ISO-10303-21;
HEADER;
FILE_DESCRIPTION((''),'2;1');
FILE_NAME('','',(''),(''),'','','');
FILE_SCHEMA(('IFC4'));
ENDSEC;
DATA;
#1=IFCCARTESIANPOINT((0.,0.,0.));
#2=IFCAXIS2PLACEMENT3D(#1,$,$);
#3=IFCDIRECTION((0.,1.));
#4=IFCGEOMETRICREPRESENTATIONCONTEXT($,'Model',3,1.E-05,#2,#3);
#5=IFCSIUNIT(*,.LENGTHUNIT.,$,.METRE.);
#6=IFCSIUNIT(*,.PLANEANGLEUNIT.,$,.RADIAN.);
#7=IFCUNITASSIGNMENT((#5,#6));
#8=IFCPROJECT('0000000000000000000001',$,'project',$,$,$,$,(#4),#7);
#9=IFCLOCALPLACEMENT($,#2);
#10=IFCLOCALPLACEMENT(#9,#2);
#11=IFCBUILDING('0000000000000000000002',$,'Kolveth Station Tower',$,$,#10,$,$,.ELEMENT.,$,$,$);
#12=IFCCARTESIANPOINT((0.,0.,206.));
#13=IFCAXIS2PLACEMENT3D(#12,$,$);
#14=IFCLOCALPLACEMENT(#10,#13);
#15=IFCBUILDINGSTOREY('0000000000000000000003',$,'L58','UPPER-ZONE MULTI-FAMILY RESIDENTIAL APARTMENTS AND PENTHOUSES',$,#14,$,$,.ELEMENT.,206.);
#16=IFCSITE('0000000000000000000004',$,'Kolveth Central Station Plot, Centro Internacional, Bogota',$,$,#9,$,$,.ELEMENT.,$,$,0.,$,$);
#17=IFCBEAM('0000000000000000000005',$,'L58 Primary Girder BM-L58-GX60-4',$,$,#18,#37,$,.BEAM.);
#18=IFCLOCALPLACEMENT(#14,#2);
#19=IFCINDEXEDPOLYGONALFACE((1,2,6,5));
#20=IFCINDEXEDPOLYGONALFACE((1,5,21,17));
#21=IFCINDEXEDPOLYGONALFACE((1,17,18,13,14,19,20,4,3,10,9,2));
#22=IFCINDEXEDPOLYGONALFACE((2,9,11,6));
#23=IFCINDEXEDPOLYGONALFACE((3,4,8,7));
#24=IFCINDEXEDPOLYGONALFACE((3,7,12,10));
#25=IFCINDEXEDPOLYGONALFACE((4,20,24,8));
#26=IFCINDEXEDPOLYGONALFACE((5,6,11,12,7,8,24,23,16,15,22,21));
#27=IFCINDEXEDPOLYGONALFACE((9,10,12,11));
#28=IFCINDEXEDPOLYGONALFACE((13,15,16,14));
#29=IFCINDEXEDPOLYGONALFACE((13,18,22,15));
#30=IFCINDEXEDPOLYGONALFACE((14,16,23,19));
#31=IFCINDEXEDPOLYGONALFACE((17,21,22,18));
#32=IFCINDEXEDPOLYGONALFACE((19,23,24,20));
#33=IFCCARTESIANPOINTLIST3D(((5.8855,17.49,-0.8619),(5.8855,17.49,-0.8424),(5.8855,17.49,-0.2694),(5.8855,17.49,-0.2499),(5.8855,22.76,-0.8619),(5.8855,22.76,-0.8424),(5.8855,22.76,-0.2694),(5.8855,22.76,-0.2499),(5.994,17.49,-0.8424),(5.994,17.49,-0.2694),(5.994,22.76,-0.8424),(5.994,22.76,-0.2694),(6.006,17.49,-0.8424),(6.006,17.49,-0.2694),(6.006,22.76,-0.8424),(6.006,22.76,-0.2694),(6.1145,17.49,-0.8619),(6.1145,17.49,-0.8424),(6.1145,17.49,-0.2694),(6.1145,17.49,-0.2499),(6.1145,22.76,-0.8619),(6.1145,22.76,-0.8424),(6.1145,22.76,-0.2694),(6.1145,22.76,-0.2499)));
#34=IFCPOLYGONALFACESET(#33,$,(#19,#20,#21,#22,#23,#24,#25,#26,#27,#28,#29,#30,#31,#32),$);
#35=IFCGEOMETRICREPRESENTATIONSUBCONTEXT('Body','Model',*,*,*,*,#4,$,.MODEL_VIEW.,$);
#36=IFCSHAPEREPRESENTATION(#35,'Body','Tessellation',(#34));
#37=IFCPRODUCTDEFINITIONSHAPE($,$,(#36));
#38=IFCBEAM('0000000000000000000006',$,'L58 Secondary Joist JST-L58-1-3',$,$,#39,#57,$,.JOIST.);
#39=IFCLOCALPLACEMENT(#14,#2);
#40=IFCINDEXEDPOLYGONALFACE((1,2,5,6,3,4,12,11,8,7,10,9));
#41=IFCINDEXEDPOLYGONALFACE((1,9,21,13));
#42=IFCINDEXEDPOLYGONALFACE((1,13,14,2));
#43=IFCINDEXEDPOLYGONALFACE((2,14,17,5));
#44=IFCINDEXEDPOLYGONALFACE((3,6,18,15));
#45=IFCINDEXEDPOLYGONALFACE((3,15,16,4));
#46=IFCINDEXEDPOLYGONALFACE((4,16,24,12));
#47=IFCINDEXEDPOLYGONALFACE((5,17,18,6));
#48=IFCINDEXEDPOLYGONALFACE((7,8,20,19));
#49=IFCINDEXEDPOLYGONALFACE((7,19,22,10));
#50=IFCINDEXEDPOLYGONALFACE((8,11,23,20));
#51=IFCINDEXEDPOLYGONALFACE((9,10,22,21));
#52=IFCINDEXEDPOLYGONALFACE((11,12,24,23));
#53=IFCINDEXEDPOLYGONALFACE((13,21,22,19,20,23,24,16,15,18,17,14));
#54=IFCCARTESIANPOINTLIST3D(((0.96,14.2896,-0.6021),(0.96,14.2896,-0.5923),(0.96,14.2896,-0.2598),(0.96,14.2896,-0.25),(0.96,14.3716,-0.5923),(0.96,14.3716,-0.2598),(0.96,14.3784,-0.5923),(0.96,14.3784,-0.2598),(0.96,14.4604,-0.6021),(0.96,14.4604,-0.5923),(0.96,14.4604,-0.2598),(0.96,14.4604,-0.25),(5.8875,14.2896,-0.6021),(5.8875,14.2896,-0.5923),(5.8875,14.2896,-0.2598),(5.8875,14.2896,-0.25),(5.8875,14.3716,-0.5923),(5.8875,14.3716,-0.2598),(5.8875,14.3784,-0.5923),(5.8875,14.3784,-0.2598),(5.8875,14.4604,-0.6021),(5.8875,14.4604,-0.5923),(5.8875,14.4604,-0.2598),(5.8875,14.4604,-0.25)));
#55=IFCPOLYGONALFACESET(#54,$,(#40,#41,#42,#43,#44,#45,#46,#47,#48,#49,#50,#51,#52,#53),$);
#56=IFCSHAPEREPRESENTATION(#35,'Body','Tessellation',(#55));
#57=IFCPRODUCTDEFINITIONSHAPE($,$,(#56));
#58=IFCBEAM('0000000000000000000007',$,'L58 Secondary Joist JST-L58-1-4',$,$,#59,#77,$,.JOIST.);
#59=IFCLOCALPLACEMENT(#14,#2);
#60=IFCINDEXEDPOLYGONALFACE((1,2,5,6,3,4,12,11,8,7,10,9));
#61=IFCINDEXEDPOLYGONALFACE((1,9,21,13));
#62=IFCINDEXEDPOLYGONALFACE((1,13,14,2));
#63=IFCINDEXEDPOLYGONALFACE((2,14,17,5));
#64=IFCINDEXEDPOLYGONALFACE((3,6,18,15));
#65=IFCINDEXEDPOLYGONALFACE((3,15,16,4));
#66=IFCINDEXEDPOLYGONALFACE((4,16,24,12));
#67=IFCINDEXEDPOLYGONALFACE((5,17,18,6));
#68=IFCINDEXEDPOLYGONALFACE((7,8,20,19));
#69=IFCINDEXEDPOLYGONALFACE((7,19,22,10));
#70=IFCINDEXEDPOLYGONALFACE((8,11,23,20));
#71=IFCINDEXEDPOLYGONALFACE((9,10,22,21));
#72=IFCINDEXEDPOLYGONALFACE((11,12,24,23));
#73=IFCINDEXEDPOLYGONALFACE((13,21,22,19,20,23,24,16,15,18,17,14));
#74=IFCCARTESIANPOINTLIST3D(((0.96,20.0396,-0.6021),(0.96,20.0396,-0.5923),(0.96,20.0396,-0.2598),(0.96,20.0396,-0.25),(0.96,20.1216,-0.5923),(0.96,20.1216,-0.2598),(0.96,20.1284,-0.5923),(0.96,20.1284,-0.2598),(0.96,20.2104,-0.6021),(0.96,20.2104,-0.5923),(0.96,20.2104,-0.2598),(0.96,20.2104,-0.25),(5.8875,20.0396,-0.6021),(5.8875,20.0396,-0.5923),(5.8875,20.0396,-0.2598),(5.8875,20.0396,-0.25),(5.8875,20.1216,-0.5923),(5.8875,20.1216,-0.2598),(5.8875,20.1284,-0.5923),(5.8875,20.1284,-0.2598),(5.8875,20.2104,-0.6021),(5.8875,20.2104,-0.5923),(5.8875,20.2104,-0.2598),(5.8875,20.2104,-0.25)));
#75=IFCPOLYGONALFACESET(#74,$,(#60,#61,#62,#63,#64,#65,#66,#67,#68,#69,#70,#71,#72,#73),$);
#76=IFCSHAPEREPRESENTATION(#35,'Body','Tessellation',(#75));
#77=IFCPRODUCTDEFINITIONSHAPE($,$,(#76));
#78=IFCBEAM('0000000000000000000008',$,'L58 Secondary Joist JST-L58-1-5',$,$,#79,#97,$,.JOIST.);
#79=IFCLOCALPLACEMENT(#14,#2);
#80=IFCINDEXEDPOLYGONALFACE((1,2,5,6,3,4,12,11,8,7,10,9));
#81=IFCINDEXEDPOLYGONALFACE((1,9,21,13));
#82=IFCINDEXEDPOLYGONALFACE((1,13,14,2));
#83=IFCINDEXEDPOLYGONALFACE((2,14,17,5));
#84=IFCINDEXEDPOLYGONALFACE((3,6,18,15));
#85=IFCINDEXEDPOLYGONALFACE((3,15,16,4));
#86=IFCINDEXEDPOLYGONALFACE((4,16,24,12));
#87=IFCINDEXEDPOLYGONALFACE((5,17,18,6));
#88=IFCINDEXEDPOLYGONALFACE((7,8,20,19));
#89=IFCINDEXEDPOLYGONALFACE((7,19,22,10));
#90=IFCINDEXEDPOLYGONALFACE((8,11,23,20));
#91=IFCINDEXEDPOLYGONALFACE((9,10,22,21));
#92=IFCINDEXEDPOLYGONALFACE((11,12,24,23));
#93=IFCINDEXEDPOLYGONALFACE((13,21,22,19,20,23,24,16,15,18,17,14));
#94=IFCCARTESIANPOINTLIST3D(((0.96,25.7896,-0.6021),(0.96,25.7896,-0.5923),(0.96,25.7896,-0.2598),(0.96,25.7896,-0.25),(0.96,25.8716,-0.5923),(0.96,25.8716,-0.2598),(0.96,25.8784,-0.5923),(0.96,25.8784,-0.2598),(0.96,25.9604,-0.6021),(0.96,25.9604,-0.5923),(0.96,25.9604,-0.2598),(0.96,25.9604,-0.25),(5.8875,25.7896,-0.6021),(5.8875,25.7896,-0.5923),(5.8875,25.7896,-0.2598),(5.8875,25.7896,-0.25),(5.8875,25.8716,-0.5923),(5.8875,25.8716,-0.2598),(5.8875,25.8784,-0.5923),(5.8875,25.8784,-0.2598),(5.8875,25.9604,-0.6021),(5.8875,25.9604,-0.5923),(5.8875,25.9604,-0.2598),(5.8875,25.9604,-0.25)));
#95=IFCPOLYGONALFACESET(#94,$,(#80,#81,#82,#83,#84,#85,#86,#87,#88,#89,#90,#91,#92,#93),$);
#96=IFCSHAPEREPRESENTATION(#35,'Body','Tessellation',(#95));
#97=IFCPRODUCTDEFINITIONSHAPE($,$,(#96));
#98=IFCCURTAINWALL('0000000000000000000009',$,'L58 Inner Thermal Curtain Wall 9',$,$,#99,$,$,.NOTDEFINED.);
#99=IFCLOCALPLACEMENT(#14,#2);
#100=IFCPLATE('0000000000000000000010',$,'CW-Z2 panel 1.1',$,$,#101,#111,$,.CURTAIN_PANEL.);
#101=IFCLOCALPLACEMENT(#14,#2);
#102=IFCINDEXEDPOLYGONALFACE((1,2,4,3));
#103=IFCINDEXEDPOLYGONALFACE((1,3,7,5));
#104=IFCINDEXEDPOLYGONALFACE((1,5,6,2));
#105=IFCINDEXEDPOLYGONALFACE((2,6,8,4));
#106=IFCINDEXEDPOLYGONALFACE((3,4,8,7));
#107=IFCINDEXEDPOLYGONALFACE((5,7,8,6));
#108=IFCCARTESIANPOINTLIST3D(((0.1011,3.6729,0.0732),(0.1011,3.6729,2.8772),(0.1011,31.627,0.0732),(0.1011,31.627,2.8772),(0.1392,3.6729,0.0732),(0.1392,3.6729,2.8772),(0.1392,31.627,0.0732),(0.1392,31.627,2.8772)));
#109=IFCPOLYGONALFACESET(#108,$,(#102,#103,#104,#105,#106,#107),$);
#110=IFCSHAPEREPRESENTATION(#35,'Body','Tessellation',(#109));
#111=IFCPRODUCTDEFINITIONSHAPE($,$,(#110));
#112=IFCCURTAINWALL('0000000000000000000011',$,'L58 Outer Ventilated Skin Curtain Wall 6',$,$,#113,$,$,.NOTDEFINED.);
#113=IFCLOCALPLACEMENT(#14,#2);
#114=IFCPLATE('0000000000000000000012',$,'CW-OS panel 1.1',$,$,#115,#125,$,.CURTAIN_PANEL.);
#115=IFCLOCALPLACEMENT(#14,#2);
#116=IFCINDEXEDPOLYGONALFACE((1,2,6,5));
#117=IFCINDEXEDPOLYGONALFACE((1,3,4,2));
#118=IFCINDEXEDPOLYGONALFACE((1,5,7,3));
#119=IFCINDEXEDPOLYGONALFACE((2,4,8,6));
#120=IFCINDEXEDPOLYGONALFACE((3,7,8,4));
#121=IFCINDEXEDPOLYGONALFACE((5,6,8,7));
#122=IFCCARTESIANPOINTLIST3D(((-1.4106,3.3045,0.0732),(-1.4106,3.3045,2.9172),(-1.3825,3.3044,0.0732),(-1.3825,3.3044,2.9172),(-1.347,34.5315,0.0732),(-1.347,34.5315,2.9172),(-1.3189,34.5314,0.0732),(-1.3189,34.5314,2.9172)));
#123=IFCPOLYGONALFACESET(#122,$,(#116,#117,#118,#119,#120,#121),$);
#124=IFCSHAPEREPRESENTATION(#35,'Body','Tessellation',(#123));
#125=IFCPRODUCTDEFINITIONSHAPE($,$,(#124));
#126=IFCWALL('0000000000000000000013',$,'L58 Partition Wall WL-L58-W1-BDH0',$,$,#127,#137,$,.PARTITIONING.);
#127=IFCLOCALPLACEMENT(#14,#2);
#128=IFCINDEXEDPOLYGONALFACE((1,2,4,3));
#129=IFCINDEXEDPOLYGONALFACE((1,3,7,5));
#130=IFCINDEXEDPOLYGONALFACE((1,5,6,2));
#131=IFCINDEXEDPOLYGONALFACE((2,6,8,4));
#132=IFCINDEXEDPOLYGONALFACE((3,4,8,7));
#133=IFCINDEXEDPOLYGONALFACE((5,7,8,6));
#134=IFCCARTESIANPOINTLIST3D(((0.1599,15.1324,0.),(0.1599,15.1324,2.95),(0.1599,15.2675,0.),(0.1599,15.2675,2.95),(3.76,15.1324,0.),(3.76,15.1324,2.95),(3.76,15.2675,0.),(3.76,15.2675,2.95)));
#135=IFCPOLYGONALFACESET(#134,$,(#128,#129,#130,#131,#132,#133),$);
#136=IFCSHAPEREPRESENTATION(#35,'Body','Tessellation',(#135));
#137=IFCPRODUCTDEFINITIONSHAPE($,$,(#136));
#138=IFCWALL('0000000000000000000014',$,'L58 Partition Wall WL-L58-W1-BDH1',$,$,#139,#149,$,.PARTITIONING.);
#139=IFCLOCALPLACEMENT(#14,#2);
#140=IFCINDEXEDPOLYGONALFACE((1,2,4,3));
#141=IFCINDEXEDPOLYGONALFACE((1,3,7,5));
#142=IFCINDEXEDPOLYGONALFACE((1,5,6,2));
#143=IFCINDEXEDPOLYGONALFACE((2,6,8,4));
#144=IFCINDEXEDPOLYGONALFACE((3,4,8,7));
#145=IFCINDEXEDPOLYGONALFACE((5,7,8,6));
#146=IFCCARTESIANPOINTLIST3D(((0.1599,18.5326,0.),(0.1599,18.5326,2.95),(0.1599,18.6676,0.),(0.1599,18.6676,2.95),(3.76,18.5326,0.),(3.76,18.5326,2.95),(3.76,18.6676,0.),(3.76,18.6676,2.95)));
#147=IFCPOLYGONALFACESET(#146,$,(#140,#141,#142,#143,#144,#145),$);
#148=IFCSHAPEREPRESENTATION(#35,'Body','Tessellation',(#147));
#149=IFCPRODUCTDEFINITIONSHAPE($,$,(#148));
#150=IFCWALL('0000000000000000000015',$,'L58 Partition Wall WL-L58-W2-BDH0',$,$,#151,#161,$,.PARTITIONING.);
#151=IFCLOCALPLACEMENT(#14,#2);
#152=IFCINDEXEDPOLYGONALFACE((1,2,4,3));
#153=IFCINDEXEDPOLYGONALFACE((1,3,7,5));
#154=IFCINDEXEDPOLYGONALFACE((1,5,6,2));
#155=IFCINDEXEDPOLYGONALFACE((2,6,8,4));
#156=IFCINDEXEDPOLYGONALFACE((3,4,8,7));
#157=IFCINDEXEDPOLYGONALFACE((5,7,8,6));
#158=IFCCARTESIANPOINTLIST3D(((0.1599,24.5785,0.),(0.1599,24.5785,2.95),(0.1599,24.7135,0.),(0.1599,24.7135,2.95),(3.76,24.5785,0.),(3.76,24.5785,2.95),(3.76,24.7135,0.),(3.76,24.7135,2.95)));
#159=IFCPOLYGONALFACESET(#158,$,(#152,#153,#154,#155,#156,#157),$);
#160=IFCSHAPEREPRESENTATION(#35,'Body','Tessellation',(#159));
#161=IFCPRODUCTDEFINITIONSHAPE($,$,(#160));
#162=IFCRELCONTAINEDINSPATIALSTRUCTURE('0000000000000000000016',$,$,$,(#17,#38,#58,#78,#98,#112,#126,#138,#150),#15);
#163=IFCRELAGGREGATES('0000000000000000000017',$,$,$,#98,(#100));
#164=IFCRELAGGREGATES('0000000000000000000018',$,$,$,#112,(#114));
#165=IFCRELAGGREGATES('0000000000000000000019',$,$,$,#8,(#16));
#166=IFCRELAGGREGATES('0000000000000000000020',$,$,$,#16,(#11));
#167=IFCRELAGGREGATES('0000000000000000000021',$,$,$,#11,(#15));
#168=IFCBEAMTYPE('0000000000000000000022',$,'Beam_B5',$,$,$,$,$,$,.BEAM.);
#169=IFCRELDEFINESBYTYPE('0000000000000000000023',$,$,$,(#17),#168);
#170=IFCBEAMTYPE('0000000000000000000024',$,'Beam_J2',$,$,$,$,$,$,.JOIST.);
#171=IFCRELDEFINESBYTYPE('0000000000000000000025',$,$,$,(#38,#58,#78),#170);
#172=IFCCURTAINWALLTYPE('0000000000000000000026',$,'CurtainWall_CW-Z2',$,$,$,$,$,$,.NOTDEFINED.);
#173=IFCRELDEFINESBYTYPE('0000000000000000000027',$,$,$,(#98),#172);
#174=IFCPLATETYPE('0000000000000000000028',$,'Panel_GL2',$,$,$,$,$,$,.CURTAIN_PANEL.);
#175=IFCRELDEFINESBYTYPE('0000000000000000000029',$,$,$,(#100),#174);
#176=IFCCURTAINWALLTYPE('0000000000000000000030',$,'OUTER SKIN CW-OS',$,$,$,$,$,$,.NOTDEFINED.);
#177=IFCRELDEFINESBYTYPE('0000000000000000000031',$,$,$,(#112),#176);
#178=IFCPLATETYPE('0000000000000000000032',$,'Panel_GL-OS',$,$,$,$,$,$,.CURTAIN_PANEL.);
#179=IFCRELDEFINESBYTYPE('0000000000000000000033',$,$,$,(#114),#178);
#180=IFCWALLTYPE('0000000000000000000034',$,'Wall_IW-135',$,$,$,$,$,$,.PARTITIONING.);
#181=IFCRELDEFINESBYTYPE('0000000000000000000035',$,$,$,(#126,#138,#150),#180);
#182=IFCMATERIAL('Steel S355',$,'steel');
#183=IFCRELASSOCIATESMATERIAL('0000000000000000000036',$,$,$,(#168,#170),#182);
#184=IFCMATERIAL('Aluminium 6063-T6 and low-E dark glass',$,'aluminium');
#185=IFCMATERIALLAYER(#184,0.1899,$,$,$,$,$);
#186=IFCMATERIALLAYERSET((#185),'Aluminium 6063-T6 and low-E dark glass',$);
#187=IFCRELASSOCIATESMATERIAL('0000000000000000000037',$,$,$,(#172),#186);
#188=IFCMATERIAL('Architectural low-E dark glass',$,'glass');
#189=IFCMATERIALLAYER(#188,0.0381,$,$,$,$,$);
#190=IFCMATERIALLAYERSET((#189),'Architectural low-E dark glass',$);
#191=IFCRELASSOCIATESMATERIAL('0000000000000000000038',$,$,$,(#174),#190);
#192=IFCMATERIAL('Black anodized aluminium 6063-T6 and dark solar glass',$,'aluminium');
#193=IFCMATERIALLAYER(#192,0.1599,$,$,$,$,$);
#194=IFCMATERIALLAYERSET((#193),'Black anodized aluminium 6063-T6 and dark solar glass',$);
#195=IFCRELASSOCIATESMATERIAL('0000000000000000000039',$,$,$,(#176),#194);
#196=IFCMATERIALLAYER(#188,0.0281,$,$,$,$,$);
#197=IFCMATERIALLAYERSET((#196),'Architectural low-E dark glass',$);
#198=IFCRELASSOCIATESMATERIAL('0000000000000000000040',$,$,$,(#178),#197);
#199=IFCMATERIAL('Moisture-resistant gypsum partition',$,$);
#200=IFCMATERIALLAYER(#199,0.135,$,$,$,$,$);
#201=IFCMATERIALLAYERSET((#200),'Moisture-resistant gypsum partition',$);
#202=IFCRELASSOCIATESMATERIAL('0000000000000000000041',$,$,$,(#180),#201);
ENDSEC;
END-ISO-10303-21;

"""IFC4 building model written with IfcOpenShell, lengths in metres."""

from ifc_helpers import new_model, si_unit, direction, frame, frame_2d, origin, origin_2d, place, context, subcontext, project, spatial, rectangle, i_section, extrude, source, transform, mapped, material, layer, layer_set, material_profile, profile_set, type_object, element, aggregate, save


model = new_model("IFC4")

# Units and contexts
model_context = context("Model", 3, precision=1e-05, world=origin(), true_north=direction((0.0, 1.0)))
body_context = subcontext(model_context, "Body", "Model", "MODEL_VIEW")
ifc_project = project(units=[si_unit("LENGTHUNIT", "METRE"), si_unit("PLANEANGLEUNIT", "RADIAN")], contexts=[model_context])

# Site, building, storey
site_placement = place(None, origin())
site = spatial("IfcSite", under=ifc_project, at=site_placement, Name="Kolveth Central Station Plot, Centro Internacional, Bogota", CompositionType="ELEMENT", RefElevation=0.0)
building_placement = place(site_placement, origin())
building = spatial("IfcBuilding", under=site, at=building_placement, Name="Kolveth Station Tower", CompositionType="ELEMENT")
storey_placement = place(building_placement, frame((0.0, 0.0, 206.0)))
storey = spatial("IfcBuildingStorey", under=building, at=storey_placement, Name="L58", Description="UPPER-ZONE MULTI-FAMILY RESIDENTIAL APARTMENTS AND PENTHOUSES", CompositionType="ELEMENT", Elevation=206.0)

# Shared definitions
ifc_material_1 = material(Name="Steel S355", Category="steel")

# Beams
ifc_material_profile_1 = material_profile(ifc_material_1, i_section(OverallWidth=0.229, OverallDepth=0.6121, WebThickness=0.012, FlangeThickness=0.0195, at=origin_2d()), Name="W610x125")
ifc_profile_set_1 = profile_set([ifc_material_profile_1], Name="Steel S355")
beam_type_1 = type_object("IfcBeamType", Name="Beam_B5", PredefinedType="BEAM", material=ifc_profile_set_1)
shared_shape_1 = source(origin(), body_context, "Body", "SweptSolid", [
    extrude(i_section(OverallWidth=0.229, OverallDepth=0.6121, WebThickness=0.012, FlangeThickness=0.0195, at=origin_2d()), origin(), (0.0, 0.0, 1.0), 5.27),
])
beam_placement = place(storey_placement, frame((6.0, 17.49, -0.5559), z_axis=(0.0, 1.0, 0.0), x_axis=(-1.0, 0.0, 0.0)))
element("IfcBeam", 1, at=beam_placement, inside=storey, type_object=beam_type_1, Name="L58 Primary Girder BM-L58-GX60-4", PredefinedType="BEAM", context=body_context, shape_type="MappedRepresentation", body=[
    mapped(shared_shape_1, transform((0.0, 0.0, 0.0), x_axis=(1.0, 0.0, 0.0), y_axis=(0.0, 1.0, 0.0), z_axis=(0.0, 0.0, 1.0), scale=1.0)),
])
ifc_material_profile_2 = material_profile(ifc_material_1, i_section(OverallWidth=0.1709, OverallDepth=0.3521, WebThickness=0.0068, FlangeThickness=0.0098, at=origin_2d()), Name="W360x44")
ifc_profile_set_2 = profile_set([ifc_material_profile_2], Name="Steel S355")
beam_type_2 = type_object("IfcBeamType", Name="Beam_J2", PredefinedType="JOIST", material=ifc_profile_set_2)
shared_shape_2 = source(origin(), body_context, "Body", "SweptSolid", [
    extrude(i_section(OverallWidth=0.1709, OverallDepth=0.3521, WebThickness=0.0068, FlangeThickness=0.0098, at=origin_2d()), origin(), (0.0, 0.0, 1.0), 4.9275),
])
for number, where, z_axis, x_axis, name in (
    (2, (0.96, 14.375, -0.426), (1.0, 0.0, 0.0), (0.0, 1.0, 0.0), "L58 Secondary Joist JST-L58-1-3"),
    (3, (0.96, 20.125, -0.426), (1.0, 0.0, 0.0), (0.0, 1.0, 0.0), "L58 Secondary Joist JST-L58-1-4"),
    (4, (0.96, 25.875, -0.426), (1.0, 0.0, 0.0), (0.0, 1.0, 0.0), "L58 Secondary Joist JST-L58-1-5"),
):
    element("IfcBeam", number, at=place(storey_placement, frame(where, z_axis=z_axis, x_axis=x_axis)), inside=storey, type_object=beam_type_2, Name=name, PredefinedType="JOIST", context=body_context, shape_type="MappedRepresentation", body=[
        mapped(shared_shape_2, transform((0.0, 0.0, 0.0), x_axis=(1.0, 0.0, 0.0), y_axis=(0.0, 1.0, 0.0), z_axis=(0.0, 0.0, 1.0), scale=1.0)),
    ])

# Curtain walls, plates
ifc_material_2 = material(Name="Aluminium 6063-T6 and low-E dark glass", Category="aluminium")
ifc_layer_1 = layer(ifc_material_2, 0.1899)
ifc_layer_set_1 = layer_set([ifc_layer_1], Name="Aluminium 6063-T6 and low-E dark glass")
curtain_wall_type_1 = type_object("IfcCurtainWallType", Name="CurtainWall_CW-Z2", PredefinedType="NOTDEFINED", material=ifc_layer_set_1)
curtain_wall_1_placement = place(storey_placement, origin())
curtain_wall_1 = element("IfcCurtainWall", 5, at=curtain_wall_1_placement, inside=storey, type_object=curtain_wall_type_1, Name="L58 Inner Thermal Curtain Wall 9", PredefinedType="NOTDEFINED")
ifc_material_3 = material(Name="Architectural low-E dark glass", Category="glass")
ifc_layer_2 = layer(ifc_material_3, 0.0381)
ifc_layer_set_2 = layer_set([ifc_layer_2], Name="Architectural low-E dark glass")
plate_type_1 = type_object("IfcPlateType", Name="Panel_GL2", PredefinedType="CURTAIN_PANEL", material=ifc_layer_set_2)
shared_shape_3 = source(origin(), body_context, "Body", "SweptSolid", [
    extrude(rectangle(XDim=27.9541, YDim=0.0381, at=origin_2d()), origin(), (0.0, 0.0, 1.0), 2.804),
])
plate_1_placement = place(storey_placement, frame((0.1201, 17.6499, 0.0732), z_axis=(0.0, 0.0, 1.0), x_axis=(0.0, -1.0, 0.0)))
plate_1 = element("IfcPlate", 6, at=plate_1_placement, type_object=plate_type_1, Name="CW-Z2 panel 1.1", PredefinedType="CURTAIN_PANEL", context=body_context, shape_type="MappedRepresentation", body=[
    mapped(shared_shape_3, transform((0.0, 0.0, 0.0), x_axis=(1.0, 0.0, 0.0), y_axis=(0.0, 1.0, 0.0), z_axis=(0.0, 0.0, 1.0), scale=1.0)),
])
aggregate(curtain_wall_1, [plate_1])
ifc_material_4 = material(Name="Black anodized aluminium 6063-T6 and dark solar glass", Category="aluminium")
ifc_layer_3 = layer(ifc_material_4, 0.1599)
ifc_layer_set_3 = layer_set([ifc_layer_3], Name="Black anodized aluminium 6063-T6 and dark solar glass")
curtain_wall_type_2 = type_object("IfcCurtainWallType", Name="OUTER SKIN CW-OS", PredefinedType="NOTDEFINED", material=ifc_layer_set_3)
curtain_wall_2_placement = place(storey_placement, origin())
curtain_wall_2 = element("IfcCurtainWall", 7, at=curtain_wall_2_placement, inside=storey, type_object=curtain_wall_type_2, Name="L58 Outer Ventilated Skin Curtain Wall 6", PredefinedType="NOTDEFINED")
ifc_layer_4 = layer(ifc_material_3, 0.0281)
ifc_layer_set_4 = layer_set([ifc_layer_4], Name="Architectural low-E dark glass")
plate_type_2 = type_object("IfcPlateType", Name="Panel_GL-OS", PredefinedType="CURTAIN_PANEL", material=ifc_layer_set_4)
shared_shape_4 = source(origin(), body_context, "Body", "SweptSolid", [
    extrude(rectangle(XDim=31.2271, YDim=0.0281, at=origin_2d()), origin(), (0.0, 0.0, 1.0), 2.844),
])
plate_2_placement = place(storey_placement, frame((-1.3647, 18.918, 0.0732), z_axis=(0.0, 0.0, 1.0), x_axis=(-0.002035, -0.999998, 0.0)))
plate_2 = element("IfcPlate", 8, at=plate_2_placement, type_object=plate_type_2, Name="CW-OS panel 1.1", PredefinedType="CURTAIN_PANEL", context=body_context, shape_type="MappedRepresentation", body=[
    mapped(shared_shape_4, transform((0.0, 0.0, 0.0), x_axis=(1.0, 0.0, 0.0), y_axis=(0.0, 1.0, 0.0), z_axis=(0.0, 0.0, 1.0), scale=1.0)),
])
aggregate(curtain_wall_2, [plate_2])

# Wall
ifc_material_5 = material(Name="Moisture-resistant gypsum partition")
ifc_layer_5 = layer(ifc_material_5, 0.135)
ifc_layer_set_5 = layer_set([ifc_layer_5], Name="Moisture-resistant gypsum partition")
wall_type_1 = type_object("IfcWallType", Name="Wall_IW-135", PredefinedType="PARTITIONING", material=ifc_layer_set_5)
wall_1_placement = place(storey_placement, frame((0.1599, 15.2, 0.0), z_axis=(0.0, 0.0, 1.0), x_axis=(1.0, 0.0, 0.0)))
element("IfcWall", 9, at=wall_1_placement, inside=storey, type_object=wall_type_1, Name="L58 Partition Wall WL-L58-W1-BDH0", PredefinedType="PARTITIONING", context=body_context, shape_type="SweptSolid", body=[
    extrude(rectangle(XDim=3.6001, YDim=0.135, at=frame_2d((1.8, 0.0))), origin(), (0.0, 0.0, 1.0), 2.95),
])

# Walls
for number, where, z_axis, x_axis, name in (
    (10, (0.1599, 18.6001, 0.0), (0.0, 0.0, 1.0), (1.0, 0.0, 0.0), "L58 Partition Wall WL-L58-W1-BDH1"),
    (11, (0.1599, 24.646, 0.0), (0.0, 0.0, 1.0), (1.0, 0.0, 0.0), "L58 Partition Wall WL-L58-W2-BDH0"),
):
    element("IfcWall", number, at=place(storey_placement, frame(where, z_axis=z_axis, x_axis=x_axis)), inside=storey, type_object=wall_type_1, Name=name, PredefinedType="PARTITIONING", context=body_context, shape_type="SweptSolid", body=[
        extrude(rectangle(XDim=3.6001, YDim=0.135, at=frame_2d((1.8, 0.0))), origin(), (0.0, 0.0, 1.0), 2.95),
    ])

save(model, "model.ifc")
